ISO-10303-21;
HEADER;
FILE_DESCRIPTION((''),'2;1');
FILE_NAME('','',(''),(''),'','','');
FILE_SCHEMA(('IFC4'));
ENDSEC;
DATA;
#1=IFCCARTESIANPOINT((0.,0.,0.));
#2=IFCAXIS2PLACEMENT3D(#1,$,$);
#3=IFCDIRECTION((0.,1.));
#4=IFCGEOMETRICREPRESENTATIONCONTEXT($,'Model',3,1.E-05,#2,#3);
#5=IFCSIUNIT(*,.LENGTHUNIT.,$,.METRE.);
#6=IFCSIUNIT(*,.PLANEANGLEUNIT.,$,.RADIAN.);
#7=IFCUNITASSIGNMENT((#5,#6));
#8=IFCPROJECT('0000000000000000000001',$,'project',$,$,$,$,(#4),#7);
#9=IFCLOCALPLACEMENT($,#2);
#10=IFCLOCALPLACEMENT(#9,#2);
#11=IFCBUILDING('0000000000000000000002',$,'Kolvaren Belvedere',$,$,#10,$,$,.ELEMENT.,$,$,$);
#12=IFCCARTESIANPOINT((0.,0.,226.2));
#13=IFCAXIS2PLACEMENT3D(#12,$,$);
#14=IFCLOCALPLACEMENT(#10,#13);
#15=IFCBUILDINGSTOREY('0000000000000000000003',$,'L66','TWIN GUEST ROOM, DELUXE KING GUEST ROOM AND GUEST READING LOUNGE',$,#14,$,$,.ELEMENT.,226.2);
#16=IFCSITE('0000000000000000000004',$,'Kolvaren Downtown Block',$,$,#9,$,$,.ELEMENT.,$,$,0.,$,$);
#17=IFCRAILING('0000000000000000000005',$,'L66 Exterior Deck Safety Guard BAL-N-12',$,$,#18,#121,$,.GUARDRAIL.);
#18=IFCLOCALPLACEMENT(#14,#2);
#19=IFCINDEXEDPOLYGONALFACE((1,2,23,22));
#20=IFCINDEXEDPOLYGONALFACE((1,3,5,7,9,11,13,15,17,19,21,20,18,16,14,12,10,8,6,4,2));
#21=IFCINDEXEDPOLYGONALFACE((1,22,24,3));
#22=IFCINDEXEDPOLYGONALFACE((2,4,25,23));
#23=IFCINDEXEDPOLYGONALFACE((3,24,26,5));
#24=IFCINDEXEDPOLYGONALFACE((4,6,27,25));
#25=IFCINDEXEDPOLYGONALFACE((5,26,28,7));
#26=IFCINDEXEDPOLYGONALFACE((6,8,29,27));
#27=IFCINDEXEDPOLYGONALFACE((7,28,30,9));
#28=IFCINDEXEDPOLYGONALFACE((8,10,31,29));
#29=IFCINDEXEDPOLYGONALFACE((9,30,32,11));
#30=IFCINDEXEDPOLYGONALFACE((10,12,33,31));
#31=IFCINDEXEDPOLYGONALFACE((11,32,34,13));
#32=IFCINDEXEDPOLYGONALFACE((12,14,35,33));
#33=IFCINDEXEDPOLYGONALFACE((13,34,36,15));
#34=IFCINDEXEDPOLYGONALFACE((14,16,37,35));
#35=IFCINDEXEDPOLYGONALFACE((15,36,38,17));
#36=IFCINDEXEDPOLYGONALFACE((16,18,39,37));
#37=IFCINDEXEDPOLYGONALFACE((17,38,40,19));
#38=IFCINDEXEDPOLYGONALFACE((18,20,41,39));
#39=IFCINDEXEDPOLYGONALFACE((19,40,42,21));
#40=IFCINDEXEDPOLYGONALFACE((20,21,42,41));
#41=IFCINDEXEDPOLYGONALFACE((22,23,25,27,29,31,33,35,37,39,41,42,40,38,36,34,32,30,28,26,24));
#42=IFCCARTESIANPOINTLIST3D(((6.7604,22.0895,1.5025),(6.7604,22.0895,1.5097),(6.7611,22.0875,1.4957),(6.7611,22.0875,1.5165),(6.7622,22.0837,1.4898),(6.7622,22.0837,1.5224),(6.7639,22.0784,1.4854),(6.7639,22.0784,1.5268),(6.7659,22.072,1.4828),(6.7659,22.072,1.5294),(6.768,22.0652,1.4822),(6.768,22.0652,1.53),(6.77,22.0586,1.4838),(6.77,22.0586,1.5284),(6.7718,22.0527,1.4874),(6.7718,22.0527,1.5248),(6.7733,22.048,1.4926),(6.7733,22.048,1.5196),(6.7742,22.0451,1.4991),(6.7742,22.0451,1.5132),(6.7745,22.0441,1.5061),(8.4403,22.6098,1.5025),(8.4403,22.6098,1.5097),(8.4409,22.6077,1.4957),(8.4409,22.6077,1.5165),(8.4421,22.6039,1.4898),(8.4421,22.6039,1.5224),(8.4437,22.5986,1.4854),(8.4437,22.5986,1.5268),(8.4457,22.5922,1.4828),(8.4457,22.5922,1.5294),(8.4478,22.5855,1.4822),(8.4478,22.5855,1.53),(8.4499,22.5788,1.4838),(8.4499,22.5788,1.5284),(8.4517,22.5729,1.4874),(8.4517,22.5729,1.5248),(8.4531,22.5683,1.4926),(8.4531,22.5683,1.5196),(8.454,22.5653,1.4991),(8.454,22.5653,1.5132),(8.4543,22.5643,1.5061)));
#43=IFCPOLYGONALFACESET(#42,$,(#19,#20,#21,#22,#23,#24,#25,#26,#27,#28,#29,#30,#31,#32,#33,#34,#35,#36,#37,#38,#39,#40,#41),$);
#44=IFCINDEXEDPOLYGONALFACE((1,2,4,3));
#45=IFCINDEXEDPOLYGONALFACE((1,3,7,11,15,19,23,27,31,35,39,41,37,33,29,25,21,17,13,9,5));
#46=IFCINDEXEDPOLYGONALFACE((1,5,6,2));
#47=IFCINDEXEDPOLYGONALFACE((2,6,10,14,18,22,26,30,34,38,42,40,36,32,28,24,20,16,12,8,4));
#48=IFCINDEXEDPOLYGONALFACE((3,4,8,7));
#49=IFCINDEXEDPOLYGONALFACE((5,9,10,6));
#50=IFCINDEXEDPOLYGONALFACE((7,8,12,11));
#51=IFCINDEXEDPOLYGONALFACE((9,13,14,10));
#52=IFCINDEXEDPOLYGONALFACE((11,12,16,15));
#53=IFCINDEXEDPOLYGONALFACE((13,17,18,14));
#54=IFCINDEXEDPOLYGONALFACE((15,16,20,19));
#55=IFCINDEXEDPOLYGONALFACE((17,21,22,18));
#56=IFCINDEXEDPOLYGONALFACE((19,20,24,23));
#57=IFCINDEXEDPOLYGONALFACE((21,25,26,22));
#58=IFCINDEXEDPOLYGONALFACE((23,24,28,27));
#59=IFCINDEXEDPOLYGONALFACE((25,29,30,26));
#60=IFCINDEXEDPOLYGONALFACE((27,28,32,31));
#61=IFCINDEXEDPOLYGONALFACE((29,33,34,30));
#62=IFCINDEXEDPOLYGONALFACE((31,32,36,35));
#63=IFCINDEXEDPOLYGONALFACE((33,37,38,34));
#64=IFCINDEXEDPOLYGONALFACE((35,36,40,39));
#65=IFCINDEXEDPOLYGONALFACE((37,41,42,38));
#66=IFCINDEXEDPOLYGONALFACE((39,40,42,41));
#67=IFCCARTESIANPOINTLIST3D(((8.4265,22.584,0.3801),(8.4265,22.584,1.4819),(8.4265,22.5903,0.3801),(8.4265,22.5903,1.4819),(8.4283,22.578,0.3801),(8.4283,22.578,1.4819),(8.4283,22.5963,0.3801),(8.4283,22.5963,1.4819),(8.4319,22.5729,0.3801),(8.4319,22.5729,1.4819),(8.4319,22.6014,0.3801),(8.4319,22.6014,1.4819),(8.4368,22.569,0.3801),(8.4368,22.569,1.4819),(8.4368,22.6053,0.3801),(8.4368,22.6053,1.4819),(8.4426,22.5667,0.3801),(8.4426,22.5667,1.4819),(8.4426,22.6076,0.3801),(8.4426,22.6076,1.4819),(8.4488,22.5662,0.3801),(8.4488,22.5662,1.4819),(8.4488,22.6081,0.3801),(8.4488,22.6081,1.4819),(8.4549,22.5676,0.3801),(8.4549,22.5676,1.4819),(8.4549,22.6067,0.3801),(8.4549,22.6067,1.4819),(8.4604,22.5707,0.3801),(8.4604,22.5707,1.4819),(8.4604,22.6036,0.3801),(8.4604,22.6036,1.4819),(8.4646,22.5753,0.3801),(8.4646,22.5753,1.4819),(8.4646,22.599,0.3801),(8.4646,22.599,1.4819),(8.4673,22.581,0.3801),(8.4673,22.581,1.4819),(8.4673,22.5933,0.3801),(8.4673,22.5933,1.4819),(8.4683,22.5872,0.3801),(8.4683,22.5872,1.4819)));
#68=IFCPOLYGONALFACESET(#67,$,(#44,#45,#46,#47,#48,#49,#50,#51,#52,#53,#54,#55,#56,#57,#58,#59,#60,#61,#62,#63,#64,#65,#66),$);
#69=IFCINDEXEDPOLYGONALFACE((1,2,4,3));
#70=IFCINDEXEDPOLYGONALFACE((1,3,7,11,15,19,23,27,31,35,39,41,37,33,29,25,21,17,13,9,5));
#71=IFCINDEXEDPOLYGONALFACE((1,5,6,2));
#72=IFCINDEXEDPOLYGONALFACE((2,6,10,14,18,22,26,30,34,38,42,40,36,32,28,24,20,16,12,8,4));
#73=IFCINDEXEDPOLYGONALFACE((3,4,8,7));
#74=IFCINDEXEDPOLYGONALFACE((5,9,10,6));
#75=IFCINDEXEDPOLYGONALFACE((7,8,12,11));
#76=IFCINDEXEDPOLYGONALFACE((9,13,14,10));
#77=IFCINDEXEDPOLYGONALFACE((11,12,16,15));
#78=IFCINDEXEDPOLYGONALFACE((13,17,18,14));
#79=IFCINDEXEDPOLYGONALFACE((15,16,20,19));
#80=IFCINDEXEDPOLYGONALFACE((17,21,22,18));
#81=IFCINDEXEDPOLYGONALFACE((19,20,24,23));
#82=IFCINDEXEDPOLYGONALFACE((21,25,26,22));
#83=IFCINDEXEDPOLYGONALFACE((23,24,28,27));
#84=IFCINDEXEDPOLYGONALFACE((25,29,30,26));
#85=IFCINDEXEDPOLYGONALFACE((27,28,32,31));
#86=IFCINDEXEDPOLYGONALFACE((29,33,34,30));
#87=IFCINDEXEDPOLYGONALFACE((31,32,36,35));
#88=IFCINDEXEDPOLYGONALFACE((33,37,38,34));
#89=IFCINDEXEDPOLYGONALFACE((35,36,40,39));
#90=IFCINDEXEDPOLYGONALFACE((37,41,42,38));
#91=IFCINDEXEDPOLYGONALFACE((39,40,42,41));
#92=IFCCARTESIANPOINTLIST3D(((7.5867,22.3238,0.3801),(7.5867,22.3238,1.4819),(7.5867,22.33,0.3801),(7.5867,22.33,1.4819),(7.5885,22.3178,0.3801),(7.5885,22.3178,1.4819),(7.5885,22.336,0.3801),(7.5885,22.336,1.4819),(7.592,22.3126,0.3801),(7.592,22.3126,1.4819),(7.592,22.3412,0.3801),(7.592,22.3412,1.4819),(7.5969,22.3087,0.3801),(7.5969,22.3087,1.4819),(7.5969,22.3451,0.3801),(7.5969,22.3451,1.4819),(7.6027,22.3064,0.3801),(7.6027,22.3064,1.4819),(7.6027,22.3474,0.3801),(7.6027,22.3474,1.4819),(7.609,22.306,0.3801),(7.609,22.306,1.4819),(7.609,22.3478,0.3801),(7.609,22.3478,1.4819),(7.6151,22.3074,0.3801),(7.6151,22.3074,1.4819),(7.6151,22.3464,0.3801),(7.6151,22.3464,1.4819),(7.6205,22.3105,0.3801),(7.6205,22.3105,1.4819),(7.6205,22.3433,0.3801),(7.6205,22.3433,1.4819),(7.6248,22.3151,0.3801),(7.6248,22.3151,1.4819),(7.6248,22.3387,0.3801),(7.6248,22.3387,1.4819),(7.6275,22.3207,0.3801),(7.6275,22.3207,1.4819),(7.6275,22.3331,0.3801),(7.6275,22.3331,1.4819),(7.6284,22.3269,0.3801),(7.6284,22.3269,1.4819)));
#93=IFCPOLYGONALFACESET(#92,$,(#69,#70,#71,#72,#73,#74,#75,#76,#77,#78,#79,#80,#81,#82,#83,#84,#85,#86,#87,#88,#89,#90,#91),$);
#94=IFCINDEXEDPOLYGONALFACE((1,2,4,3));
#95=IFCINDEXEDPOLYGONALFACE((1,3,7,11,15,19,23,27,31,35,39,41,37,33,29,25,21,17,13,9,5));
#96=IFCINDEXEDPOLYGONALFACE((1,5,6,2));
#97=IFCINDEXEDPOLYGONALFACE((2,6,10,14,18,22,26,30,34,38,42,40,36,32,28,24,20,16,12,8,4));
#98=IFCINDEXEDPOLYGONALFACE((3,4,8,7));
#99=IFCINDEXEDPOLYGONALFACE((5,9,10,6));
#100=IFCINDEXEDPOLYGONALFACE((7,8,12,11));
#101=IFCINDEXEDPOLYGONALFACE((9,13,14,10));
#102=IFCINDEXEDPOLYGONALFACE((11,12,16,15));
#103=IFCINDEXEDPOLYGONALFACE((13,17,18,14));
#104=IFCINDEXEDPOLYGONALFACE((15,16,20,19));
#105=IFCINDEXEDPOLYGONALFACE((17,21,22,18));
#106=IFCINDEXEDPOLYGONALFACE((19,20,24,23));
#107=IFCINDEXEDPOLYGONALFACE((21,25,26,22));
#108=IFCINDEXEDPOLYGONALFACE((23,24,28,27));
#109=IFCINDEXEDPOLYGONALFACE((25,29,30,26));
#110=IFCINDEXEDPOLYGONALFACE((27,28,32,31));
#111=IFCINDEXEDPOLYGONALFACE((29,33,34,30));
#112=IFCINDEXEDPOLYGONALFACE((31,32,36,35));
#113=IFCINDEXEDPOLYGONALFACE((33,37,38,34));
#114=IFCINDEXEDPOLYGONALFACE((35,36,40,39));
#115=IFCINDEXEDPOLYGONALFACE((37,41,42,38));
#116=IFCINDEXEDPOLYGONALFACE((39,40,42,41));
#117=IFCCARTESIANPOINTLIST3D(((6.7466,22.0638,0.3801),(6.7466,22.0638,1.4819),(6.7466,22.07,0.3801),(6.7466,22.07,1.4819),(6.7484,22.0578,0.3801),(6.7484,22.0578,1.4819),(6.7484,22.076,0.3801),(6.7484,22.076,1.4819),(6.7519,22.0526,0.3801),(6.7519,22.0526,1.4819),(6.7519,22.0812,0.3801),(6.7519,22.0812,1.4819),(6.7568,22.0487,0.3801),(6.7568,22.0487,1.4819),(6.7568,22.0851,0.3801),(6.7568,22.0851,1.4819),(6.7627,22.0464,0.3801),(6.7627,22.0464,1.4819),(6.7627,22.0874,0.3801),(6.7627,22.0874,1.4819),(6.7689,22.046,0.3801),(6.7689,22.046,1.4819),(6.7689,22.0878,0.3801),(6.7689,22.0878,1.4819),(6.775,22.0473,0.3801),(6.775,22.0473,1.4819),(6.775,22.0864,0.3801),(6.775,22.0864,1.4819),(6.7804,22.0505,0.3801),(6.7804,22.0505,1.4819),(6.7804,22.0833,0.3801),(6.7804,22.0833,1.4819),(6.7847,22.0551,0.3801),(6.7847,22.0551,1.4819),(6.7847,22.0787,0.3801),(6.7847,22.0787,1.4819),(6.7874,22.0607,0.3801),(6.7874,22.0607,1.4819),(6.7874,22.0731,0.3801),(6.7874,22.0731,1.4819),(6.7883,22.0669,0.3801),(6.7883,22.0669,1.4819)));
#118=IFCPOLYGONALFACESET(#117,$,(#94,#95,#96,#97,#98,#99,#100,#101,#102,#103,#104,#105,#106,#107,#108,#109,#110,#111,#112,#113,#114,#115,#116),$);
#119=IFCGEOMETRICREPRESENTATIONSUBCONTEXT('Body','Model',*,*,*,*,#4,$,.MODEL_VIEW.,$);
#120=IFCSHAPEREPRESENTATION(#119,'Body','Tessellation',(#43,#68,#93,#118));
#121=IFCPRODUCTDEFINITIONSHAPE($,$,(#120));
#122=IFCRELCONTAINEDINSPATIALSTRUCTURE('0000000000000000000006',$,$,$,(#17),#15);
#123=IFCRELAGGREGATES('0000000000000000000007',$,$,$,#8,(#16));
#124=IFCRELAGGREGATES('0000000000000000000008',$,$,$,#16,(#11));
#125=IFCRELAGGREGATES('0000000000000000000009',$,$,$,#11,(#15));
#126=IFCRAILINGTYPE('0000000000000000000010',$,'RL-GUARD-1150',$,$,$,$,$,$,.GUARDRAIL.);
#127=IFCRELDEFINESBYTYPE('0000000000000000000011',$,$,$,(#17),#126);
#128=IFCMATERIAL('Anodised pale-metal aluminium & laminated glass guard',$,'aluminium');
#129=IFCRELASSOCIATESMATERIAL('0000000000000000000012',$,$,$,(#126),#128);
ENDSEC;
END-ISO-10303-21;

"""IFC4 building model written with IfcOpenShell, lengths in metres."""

from ifc_helpers import new_model, si_unit, direction, frame, origin, origin_2d, place, context, subcontext, project, spatial, circle, extrude, material, type_object, element, save


model = new_model("IFC4")

# Units and contexts
model_context = context("Model", 3, precision=1e-05, world=origin(), true_north=direction((0.0, 1.0)))
body_context = subcontext(model_context, "Body", "Model", "MODEL_VIEW")
ifc_project = project(units=[si_unit("LENGTHUNIT", "METRE"), si_unit("PLANEANGLEUNIT", "RADIAN")], contexts=[model_context])

# Site, building, storey
site_placement = place(None, origin())
site = spatial("IfcSite", under=ifc_project, at=site_placement, Name="Kolvaren Downtown Block", CompositionType="ELEMENT", RefElevation=0.0)
building_placement = place(site_placement, origin())
building = spatial("IfcBuilding", under=site, at=building_placement, Name="Kolvaren Belvedere", CompositionType="ELEMENT")
storey_placement = place(building_placement, frame((0.0, 0.0, 226.2)))
storey = spatial("IfcBuildingStorey", under=building, at=storey_placement, Name="L66", Description="TWIN GUEST ROOM, DELUXE KING GUEST ROOM AND GUEST READING LOUNGE", CompositionType="ELEMENT", Elevation=226.2)

# Railing
ifc_material_1 = material(Name="Anodised pale-metal aluminium & laminated glass guard", Category="aluminium")
railing_type = type_object("IfcRailingType", Name="RL-GUARD-1150", PredefinedType="GUARDRAIL", material=ifc_material_1)
railing_1_placement = place(storey_placement, frame((8.4473, 22.5872, 0.3801)))
element("IfcRailing", 1, at=railing_1_placement, inside=storey, type_object=railing_type, Name="L66 Exterior Deck Safety Guard BAL-N-12", PredefinedType="GUARDRAIL", context=body_context, shape_type="SweptSolid", body=[
    extrude(circle(Radius=0.0239, at=origin_2d()), frame((0.0, 0.0, 1.126), z_axis=(-0.95524, -0.295832, 0.0), x_axis=(0.295832, -0.95524, 0.0)), (0.0, 0.0, 1.0), 1.7585),
    extrude(circle(Radius=0.021, at=origin_2d()), origin(), (0.0, 0.0, 1.0), 1.1018),
    extrude(circle(Radius=0.021, at=origin_2d()), frame((-0.8398, -0.2603, 0.0)), (0.0, 0.0, 1.0), 1.1018),
    extrude(circle(Radius=0.021, at=origin_2d()), frame((-1.6799, -0.5203, 0.0)), (0.0, 0.0, 1.0), 1.1018),
])

save(model, "model.ifc")
